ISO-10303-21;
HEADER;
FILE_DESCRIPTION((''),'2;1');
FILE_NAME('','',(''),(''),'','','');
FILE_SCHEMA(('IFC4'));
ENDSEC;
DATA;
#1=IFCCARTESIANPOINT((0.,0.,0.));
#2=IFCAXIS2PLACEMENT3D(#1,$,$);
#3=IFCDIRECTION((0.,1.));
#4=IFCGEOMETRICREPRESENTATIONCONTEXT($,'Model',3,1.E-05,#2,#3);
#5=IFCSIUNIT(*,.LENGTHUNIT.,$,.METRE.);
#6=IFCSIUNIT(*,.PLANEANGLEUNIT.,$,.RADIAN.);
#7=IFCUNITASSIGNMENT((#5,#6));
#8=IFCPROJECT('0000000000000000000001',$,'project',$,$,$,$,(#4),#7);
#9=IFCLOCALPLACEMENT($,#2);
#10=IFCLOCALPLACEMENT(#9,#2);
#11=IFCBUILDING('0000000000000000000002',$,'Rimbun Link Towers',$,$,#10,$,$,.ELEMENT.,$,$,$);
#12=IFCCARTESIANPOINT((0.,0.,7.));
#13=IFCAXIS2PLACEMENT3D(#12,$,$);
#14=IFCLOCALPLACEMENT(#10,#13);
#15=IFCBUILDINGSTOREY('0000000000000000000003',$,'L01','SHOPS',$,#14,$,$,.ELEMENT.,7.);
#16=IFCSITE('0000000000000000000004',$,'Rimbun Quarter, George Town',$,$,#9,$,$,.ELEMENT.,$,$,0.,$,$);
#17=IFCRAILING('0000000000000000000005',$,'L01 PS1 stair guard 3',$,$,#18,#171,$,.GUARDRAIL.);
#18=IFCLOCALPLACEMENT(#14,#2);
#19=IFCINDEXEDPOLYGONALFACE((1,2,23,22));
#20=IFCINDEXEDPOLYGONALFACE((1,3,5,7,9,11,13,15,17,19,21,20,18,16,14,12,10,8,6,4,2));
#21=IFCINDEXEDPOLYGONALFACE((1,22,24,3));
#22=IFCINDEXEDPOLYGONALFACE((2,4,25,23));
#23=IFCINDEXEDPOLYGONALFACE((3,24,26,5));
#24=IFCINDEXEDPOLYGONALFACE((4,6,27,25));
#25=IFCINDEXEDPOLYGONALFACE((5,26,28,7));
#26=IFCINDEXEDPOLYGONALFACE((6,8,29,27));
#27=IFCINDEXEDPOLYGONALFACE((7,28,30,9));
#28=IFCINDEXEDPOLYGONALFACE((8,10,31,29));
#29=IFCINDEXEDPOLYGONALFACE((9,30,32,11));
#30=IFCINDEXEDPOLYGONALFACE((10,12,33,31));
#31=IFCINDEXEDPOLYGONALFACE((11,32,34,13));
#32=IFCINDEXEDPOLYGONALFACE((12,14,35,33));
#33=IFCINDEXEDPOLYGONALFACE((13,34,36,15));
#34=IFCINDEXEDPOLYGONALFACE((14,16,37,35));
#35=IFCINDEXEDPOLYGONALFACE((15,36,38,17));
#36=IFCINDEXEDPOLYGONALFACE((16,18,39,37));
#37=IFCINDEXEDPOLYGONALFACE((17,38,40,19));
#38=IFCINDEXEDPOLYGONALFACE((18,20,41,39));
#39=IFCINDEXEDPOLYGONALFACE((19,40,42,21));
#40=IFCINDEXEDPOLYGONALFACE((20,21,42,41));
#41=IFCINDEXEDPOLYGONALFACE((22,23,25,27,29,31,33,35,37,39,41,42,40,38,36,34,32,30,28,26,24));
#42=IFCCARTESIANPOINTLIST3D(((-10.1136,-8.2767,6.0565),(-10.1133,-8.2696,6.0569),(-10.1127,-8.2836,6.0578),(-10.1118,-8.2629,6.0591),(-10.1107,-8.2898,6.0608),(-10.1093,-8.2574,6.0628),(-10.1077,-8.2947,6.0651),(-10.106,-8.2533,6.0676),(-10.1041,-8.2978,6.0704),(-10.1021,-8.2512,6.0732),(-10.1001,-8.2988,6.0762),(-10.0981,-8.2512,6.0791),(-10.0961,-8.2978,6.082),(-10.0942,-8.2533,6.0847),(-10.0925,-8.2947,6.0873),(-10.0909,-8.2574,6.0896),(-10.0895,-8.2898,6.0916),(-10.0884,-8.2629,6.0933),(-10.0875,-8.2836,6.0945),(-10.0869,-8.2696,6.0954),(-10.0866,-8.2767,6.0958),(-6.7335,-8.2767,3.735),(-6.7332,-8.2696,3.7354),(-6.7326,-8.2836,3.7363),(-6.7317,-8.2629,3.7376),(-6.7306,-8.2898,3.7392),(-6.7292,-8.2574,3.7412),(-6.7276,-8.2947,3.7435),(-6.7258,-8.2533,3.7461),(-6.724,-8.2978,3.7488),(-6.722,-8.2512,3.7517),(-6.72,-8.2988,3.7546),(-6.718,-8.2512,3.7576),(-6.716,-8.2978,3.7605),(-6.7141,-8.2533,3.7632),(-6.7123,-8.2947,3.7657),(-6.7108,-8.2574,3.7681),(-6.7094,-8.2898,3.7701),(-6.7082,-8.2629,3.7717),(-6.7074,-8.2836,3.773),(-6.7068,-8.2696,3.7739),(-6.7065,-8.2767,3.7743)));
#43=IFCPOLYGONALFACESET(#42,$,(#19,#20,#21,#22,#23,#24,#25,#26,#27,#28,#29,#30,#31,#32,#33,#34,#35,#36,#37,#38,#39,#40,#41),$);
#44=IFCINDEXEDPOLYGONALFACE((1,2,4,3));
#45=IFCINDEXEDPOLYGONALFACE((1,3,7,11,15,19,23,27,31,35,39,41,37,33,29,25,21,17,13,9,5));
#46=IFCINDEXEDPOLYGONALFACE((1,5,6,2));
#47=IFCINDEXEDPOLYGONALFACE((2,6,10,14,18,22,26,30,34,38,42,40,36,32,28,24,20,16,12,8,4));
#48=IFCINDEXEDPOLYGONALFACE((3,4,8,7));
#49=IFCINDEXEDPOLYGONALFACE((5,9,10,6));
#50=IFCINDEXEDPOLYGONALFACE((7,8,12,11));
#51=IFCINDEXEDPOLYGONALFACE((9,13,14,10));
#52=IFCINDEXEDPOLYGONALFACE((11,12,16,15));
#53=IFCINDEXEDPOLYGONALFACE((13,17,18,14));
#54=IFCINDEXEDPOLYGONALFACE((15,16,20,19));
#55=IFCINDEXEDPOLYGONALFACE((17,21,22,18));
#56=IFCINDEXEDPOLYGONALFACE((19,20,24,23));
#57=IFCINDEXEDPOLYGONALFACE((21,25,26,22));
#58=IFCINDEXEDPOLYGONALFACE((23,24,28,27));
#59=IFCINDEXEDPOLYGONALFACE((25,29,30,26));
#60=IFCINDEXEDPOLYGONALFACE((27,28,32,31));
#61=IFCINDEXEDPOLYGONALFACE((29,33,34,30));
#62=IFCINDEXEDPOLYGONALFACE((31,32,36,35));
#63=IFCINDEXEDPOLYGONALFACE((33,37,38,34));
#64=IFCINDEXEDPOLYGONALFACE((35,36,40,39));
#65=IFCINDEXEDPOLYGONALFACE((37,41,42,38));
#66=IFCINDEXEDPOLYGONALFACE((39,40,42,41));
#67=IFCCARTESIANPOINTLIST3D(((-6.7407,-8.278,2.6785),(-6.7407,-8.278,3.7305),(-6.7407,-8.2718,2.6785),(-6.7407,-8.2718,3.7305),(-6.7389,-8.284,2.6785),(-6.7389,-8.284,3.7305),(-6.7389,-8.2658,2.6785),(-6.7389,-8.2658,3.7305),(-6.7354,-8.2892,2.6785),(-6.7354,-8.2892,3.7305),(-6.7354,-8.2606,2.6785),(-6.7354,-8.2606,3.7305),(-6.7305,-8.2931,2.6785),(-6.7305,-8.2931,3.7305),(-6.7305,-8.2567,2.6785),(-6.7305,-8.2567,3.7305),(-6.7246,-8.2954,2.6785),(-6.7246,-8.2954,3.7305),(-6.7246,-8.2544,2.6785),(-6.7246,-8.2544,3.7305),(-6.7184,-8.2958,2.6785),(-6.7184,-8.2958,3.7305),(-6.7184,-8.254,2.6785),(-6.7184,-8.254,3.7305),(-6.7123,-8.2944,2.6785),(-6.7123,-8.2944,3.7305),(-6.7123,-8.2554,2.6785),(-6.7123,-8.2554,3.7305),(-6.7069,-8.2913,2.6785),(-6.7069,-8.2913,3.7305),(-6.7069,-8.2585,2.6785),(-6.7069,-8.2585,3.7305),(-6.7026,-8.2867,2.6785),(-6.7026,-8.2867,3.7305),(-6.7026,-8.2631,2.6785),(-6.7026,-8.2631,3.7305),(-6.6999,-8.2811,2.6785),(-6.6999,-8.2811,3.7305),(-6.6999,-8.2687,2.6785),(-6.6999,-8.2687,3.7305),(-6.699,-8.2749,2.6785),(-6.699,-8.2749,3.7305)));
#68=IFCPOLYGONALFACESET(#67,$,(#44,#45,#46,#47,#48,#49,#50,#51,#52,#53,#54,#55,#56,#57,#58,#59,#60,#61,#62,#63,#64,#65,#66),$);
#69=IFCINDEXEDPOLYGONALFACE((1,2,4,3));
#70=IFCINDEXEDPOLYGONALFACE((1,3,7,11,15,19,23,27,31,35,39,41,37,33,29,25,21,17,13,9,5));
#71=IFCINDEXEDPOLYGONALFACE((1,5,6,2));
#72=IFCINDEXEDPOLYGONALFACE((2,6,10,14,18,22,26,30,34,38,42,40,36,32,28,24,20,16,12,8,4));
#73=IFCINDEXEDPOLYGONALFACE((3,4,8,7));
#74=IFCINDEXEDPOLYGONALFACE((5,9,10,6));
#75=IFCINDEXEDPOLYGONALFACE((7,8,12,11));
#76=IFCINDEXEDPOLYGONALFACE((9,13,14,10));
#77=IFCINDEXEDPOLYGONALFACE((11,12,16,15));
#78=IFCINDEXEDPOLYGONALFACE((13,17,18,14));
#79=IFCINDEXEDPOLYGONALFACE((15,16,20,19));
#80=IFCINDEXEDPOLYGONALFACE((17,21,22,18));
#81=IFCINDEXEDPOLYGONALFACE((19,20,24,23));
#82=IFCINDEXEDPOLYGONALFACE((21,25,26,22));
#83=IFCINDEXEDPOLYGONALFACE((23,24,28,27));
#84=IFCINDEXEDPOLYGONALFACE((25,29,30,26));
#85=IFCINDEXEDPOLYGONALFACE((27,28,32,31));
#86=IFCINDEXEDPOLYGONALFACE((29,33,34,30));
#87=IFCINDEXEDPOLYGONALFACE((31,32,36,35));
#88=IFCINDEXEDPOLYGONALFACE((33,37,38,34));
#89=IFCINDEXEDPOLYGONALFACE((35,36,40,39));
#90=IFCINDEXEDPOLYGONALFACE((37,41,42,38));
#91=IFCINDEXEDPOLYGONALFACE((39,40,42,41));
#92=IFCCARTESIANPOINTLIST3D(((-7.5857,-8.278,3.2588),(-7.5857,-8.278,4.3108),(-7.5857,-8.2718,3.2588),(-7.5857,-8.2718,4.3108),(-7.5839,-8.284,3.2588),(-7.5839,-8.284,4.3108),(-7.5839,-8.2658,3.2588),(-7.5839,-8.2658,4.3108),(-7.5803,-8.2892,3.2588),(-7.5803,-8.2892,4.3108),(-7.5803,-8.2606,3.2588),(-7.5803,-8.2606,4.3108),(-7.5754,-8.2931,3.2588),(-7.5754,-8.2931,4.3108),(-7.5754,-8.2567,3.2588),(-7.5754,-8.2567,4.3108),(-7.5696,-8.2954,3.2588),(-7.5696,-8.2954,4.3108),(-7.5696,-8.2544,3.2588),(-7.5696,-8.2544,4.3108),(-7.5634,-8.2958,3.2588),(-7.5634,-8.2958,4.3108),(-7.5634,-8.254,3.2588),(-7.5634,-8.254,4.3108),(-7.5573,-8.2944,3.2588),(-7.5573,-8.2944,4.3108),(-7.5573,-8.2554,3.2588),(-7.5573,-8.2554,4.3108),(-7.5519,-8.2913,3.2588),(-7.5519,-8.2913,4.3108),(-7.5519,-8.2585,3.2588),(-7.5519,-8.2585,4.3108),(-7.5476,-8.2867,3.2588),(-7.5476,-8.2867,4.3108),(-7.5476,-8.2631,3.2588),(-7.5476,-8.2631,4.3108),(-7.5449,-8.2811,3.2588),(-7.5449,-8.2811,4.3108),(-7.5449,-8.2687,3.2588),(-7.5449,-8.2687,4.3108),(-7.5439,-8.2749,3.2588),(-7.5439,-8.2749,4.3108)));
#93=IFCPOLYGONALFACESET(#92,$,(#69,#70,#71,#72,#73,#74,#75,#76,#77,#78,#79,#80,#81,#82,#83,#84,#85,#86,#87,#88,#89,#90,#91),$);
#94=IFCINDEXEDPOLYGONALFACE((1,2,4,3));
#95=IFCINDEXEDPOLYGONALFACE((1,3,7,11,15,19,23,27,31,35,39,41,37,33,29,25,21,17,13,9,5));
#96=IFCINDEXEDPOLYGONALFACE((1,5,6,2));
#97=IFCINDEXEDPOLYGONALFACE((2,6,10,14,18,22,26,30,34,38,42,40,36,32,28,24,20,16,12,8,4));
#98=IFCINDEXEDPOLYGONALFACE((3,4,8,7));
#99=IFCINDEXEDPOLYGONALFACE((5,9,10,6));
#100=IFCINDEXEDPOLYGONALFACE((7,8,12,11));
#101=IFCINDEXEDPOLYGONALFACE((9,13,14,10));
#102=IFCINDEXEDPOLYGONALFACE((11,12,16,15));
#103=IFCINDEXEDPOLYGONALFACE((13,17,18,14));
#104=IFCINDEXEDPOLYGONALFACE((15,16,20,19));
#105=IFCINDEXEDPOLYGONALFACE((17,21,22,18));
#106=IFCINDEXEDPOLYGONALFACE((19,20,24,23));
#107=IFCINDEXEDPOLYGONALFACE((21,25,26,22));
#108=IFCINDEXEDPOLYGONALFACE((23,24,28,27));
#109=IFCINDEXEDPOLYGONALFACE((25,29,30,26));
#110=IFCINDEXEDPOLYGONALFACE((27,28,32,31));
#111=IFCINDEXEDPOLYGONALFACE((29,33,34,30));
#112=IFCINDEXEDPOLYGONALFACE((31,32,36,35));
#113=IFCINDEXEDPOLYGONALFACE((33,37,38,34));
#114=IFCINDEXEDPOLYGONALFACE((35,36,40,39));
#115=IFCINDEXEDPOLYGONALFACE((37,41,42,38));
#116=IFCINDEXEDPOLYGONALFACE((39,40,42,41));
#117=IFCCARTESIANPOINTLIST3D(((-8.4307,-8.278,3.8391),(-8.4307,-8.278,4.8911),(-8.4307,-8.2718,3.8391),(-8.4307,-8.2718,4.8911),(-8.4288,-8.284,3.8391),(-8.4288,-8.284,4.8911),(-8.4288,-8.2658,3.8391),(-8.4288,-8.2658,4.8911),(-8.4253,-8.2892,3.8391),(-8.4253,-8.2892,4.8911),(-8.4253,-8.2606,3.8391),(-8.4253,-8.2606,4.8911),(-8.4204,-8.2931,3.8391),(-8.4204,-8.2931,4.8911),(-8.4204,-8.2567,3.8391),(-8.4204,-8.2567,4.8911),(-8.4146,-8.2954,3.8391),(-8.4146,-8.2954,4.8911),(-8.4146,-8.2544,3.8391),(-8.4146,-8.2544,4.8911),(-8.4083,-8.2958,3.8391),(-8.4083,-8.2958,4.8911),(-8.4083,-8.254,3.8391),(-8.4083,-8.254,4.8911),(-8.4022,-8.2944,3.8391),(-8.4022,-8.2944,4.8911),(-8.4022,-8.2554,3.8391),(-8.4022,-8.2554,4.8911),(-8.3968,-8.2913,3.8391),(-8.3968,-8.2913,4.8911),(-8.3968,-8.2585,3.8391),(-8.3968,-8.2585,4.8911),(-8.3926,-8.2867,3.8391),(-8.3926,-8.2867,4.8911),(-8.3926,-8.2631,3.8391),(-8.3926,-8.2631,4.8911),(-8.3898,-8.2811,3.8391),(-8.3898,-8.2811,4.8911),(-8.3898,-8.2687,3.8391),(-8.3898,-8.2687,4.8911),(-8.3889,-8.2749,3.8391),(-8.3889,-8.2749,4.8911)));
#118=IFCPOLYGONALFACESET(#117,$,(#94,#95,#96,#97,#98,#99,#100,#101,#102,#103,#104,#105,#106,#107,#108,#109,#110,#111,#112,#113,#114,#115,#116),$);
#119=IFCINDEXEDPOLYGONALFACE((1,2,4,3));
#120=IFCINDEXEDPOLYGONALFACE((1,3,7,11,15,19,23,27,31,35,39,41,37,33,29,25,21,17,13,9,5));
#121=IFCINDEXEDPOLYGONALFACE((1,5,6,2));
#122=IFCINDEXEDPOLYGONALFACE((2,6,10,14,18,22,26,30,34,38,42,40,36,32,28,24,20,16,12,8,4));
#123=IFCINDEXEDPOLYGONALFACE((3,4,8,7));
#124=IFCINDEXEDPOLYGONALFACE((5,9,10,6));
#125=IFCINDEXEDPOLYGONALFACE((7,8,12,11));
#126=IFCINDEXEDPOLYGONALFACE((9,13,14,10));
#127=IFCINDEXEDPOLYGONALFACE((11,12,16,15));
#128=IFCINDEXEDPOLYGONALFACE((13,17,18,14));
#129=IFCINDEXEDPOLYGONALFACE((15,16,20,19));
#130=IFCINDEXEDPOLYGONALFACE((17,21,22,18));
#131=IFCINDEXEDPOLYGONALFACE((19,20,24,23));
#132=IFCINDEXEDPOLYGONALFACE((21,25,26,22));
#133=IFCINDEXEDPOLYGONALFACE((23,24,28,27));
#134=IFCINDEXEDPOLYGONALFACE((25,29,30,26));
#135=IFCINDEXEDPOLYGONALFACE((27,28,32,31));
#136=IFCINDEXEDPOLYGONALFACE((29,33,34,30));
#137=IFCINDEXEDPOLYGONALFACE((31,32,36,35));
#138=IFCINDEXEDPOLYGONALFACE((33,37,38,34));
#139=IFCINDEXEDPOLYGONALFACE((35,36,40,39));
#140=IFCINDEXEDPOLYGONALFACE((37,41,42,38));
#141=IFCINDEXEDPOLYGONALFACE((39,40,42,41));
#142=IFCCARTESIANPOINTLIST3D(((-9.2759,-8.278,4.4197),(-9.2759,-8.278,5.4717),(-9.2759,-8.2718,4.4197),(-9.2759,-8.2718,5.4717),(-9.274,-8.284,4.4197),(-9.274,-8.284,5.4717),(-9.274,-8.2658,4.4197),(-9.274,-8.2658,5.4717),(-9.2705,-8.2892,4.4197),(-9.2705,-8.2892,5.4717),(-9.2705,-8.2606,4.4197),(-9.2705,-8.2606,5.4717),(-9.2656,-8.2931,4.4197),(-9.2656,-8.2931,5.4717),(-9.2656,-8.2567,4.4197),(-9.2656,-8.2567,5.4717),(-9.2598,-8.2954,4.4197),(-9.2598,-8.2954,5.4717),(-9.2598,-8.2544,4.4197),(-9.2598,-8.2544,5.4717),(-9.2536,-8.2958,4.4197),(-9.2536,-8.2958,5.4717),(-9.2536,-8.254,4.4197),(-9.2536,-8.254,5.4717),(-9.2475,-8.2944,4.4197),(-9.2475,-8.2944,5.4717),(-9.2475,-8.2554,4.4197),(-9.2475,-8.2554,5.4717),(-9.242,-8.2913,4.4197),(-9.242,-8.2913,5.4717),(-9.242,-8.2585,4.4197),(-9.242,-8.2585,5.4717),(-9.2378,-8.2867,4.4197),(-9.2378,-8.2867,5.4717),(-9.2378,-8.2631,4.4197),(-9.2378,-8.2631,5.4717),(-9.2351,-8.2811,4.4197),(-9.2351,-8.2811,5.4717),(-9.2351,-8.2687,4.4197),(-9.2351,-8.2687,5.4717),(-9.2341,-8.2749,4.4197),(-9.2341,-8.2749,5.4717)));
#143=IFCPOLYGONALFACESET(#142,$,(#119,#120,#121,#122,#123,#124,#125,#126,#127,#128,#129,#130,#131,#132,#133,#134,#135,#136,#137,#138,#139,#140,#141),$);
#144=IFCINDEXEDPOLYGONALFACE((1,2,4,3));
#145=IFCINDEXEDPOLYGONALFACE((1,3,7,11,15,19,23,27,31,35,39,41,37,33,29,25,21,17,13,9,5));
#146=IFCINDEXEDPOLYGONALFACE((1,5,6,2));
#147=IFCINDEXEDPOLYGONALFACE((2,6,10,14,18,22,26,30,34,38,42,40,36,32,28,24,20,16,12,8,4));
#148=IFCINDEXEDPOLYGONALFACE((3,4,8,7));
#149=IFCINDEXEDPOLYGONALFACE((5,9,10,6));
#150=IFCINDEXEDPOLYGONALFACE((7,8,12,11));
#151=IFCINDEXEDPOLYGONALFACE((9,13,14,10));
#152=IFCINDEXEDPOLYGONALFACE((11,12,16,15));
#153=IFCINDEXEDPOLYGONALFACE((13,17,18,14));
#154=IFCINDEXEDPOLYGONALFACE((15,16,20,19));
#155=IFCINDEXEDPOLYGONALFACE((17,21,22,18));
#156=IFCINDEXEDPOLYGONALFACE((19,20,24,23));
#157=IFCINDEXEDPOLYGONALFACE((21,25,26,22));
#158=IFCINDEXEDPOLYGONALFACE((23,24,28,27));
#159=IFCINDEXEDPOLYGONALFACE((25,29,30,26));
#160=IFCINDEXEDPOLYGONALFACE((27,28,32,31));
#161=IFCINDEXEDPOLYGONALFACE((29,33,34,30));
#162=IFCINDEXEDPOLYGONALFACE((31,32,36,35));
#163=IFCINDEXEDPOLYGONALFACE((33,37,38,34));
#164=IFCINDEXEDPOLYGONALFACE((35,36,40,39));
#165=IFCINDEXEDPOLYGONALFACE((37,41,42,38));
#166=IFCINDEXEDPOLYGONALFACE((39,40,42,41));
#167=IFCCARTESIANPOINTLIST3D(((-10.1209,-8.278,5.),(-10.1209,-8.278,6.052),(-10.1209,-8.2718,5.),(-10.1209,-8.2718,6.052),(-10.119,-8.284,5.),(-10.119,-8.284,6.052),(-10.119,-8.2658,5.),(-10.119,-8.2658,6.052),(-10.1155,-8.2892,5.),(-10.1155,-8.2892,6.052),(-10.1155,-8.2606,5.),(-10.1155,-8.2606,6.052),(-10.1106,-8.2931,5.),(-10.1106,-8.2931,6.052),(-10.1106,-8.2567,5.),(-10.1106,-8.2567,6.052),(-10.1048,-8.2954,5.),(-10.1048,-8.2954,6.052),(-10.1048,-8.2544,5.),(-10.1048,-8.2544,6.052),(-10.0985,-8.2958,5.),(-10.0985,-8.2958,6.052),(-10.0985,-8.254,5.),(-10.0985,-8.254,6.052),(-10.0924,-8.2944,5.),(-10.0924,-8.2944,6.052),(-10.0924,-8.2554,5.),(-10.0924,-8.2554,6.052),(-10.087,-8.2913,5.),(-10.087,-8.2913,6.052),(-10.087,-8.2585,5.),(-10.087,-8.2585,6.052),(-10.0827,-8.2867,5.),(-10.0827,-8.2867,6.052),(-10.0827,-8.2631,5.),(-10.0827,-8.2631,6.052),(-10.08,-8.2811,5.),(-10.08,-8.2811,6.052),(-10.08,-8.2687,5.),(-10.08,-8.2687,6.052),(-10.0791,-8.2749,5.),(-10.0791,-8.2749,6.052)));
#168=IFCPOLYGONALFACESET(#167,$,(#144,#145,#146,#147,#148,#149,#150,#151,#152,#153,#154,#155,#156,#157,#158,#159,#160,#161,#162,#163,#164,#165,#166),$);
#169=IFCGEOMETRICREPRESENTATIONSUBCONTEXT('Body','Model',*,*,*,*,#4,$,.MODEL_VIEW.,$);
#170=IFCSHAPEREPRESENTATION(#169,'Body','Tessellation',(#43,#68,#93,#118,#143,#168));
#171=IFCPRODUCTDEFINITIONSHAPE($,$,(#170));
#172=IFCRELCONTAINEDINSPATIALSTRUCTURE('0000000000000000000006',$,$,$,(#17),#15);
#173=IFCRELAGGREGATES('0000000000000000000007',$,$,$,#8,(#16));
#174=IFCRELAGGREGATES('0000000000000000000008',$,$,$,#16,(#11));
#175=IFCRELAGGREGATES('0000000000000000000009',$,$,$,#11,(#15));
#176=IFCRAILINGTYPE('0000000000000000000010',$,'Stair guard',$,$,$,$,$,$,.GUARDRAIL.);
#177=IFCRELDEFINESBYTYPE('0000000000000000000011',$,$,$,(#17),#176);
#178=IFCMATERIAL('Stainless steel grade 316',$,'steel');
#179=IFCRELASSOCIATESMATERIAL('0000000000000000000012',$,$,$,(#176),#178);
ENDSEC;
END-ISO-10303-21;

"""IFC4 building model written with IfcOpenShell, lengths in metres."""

from ifc_helpers import new_model, si_unit, direction, frame, origin, origin_2d, place, context, subcontext, project, spatial, circle, extrude, material, type_object, element, save


model = new_model("IFC4")

# Units and contexts
model_context = context("Model", 3, precision=1e-05, world=origin(), true_north=direction((0.0, 1.0)))
body_context = subcontext(model_context, "Body", "Model", "MODEL_VIEW")
ifc_project = project(units=[si_unit("LENGTHUNIT", "METRE"), si_unit("PLANEANGLEUNIT", "RADIAN")], contexts=[model_context])

# Site, building, storey
site_placement = place(None, origin())
site = spatial("IfcSite", under=ifc_project, at=site_placement, Name="Rimbun Quarter, George Town", CompositionType="ELEMENT", RefElevation=0.0)
building_placement = place(site_placement, origin())
building = spatial("IfcBuilding", under=site, at=building_placement, Name="Rimbun Link Towers", CompositionType="ELEMENT")
storey_placement = place(building_placement, frame((0.0, 0.0, 7.0)))
storey = spatial("IfcBuildingStorey", under=building, at=storey_placement, Name="L01", Description="SHOPS", CompositionType="ELEMENT", Elevation=7.0)

# Railing
ifc_material_1 = material(Name="Stainless steel grade 316", Category="steel")
railing_type_1 = type_object("IfcRailingType", Name="Stair guard", PredefinedType="GUARDRAIL", material=ifc_material_1)
railing_1_placement = place(storey_placement, frame((-6.72, -8.2749, 2.6785)))
element("IfcRailing", 1, at=railing_1_placement, inside=storey, type_object=railing_type_1, Name="L01 PS1 stair guard 3", PredefinedType="GUARDRAIL", context=body_context, shape_type="SweptSolid", body=[
    extrude(circle(Radius=0.0239, at=origin_2d()), frame((0.0, 0.0, 1.0762), z_axis=(-0.824304, 0.0, 0.566147), x_axis=(0.0, -1.0, 0.0)), (0.0, 0.0, 1.0), 4.1006),
    extrude(circle(Radius=0.021, at=origin_2d()), origin(), (0.0, 0.0, 1.0), 1.052),
    extrude(circle(Radius=0.021, at=origin_2d()), frame((-0.845, 0.0, 0.5803)), (0.0, 0.0, 1.0), 1.052),
    extrude(circle(Radius=0.021, at=origin_2d()), frame((-1.6899, 0.0, 1.1606)), (0.0, 0.0, 1.0), 1.052),
    extrude(circle(Radius=0.021, at=origin_2d()), frame((-2.5352, 0.0, 1.7412)), (0.0, 0.0, 1.0), 1.052),
    extrude(circle(Radius=0.021, at=origin_2d()), frame((-3.3801, 0.0, 2.3215)), (0.0, 0.0, 1.0), 1.052),
])

save(model, "model.ifc")
